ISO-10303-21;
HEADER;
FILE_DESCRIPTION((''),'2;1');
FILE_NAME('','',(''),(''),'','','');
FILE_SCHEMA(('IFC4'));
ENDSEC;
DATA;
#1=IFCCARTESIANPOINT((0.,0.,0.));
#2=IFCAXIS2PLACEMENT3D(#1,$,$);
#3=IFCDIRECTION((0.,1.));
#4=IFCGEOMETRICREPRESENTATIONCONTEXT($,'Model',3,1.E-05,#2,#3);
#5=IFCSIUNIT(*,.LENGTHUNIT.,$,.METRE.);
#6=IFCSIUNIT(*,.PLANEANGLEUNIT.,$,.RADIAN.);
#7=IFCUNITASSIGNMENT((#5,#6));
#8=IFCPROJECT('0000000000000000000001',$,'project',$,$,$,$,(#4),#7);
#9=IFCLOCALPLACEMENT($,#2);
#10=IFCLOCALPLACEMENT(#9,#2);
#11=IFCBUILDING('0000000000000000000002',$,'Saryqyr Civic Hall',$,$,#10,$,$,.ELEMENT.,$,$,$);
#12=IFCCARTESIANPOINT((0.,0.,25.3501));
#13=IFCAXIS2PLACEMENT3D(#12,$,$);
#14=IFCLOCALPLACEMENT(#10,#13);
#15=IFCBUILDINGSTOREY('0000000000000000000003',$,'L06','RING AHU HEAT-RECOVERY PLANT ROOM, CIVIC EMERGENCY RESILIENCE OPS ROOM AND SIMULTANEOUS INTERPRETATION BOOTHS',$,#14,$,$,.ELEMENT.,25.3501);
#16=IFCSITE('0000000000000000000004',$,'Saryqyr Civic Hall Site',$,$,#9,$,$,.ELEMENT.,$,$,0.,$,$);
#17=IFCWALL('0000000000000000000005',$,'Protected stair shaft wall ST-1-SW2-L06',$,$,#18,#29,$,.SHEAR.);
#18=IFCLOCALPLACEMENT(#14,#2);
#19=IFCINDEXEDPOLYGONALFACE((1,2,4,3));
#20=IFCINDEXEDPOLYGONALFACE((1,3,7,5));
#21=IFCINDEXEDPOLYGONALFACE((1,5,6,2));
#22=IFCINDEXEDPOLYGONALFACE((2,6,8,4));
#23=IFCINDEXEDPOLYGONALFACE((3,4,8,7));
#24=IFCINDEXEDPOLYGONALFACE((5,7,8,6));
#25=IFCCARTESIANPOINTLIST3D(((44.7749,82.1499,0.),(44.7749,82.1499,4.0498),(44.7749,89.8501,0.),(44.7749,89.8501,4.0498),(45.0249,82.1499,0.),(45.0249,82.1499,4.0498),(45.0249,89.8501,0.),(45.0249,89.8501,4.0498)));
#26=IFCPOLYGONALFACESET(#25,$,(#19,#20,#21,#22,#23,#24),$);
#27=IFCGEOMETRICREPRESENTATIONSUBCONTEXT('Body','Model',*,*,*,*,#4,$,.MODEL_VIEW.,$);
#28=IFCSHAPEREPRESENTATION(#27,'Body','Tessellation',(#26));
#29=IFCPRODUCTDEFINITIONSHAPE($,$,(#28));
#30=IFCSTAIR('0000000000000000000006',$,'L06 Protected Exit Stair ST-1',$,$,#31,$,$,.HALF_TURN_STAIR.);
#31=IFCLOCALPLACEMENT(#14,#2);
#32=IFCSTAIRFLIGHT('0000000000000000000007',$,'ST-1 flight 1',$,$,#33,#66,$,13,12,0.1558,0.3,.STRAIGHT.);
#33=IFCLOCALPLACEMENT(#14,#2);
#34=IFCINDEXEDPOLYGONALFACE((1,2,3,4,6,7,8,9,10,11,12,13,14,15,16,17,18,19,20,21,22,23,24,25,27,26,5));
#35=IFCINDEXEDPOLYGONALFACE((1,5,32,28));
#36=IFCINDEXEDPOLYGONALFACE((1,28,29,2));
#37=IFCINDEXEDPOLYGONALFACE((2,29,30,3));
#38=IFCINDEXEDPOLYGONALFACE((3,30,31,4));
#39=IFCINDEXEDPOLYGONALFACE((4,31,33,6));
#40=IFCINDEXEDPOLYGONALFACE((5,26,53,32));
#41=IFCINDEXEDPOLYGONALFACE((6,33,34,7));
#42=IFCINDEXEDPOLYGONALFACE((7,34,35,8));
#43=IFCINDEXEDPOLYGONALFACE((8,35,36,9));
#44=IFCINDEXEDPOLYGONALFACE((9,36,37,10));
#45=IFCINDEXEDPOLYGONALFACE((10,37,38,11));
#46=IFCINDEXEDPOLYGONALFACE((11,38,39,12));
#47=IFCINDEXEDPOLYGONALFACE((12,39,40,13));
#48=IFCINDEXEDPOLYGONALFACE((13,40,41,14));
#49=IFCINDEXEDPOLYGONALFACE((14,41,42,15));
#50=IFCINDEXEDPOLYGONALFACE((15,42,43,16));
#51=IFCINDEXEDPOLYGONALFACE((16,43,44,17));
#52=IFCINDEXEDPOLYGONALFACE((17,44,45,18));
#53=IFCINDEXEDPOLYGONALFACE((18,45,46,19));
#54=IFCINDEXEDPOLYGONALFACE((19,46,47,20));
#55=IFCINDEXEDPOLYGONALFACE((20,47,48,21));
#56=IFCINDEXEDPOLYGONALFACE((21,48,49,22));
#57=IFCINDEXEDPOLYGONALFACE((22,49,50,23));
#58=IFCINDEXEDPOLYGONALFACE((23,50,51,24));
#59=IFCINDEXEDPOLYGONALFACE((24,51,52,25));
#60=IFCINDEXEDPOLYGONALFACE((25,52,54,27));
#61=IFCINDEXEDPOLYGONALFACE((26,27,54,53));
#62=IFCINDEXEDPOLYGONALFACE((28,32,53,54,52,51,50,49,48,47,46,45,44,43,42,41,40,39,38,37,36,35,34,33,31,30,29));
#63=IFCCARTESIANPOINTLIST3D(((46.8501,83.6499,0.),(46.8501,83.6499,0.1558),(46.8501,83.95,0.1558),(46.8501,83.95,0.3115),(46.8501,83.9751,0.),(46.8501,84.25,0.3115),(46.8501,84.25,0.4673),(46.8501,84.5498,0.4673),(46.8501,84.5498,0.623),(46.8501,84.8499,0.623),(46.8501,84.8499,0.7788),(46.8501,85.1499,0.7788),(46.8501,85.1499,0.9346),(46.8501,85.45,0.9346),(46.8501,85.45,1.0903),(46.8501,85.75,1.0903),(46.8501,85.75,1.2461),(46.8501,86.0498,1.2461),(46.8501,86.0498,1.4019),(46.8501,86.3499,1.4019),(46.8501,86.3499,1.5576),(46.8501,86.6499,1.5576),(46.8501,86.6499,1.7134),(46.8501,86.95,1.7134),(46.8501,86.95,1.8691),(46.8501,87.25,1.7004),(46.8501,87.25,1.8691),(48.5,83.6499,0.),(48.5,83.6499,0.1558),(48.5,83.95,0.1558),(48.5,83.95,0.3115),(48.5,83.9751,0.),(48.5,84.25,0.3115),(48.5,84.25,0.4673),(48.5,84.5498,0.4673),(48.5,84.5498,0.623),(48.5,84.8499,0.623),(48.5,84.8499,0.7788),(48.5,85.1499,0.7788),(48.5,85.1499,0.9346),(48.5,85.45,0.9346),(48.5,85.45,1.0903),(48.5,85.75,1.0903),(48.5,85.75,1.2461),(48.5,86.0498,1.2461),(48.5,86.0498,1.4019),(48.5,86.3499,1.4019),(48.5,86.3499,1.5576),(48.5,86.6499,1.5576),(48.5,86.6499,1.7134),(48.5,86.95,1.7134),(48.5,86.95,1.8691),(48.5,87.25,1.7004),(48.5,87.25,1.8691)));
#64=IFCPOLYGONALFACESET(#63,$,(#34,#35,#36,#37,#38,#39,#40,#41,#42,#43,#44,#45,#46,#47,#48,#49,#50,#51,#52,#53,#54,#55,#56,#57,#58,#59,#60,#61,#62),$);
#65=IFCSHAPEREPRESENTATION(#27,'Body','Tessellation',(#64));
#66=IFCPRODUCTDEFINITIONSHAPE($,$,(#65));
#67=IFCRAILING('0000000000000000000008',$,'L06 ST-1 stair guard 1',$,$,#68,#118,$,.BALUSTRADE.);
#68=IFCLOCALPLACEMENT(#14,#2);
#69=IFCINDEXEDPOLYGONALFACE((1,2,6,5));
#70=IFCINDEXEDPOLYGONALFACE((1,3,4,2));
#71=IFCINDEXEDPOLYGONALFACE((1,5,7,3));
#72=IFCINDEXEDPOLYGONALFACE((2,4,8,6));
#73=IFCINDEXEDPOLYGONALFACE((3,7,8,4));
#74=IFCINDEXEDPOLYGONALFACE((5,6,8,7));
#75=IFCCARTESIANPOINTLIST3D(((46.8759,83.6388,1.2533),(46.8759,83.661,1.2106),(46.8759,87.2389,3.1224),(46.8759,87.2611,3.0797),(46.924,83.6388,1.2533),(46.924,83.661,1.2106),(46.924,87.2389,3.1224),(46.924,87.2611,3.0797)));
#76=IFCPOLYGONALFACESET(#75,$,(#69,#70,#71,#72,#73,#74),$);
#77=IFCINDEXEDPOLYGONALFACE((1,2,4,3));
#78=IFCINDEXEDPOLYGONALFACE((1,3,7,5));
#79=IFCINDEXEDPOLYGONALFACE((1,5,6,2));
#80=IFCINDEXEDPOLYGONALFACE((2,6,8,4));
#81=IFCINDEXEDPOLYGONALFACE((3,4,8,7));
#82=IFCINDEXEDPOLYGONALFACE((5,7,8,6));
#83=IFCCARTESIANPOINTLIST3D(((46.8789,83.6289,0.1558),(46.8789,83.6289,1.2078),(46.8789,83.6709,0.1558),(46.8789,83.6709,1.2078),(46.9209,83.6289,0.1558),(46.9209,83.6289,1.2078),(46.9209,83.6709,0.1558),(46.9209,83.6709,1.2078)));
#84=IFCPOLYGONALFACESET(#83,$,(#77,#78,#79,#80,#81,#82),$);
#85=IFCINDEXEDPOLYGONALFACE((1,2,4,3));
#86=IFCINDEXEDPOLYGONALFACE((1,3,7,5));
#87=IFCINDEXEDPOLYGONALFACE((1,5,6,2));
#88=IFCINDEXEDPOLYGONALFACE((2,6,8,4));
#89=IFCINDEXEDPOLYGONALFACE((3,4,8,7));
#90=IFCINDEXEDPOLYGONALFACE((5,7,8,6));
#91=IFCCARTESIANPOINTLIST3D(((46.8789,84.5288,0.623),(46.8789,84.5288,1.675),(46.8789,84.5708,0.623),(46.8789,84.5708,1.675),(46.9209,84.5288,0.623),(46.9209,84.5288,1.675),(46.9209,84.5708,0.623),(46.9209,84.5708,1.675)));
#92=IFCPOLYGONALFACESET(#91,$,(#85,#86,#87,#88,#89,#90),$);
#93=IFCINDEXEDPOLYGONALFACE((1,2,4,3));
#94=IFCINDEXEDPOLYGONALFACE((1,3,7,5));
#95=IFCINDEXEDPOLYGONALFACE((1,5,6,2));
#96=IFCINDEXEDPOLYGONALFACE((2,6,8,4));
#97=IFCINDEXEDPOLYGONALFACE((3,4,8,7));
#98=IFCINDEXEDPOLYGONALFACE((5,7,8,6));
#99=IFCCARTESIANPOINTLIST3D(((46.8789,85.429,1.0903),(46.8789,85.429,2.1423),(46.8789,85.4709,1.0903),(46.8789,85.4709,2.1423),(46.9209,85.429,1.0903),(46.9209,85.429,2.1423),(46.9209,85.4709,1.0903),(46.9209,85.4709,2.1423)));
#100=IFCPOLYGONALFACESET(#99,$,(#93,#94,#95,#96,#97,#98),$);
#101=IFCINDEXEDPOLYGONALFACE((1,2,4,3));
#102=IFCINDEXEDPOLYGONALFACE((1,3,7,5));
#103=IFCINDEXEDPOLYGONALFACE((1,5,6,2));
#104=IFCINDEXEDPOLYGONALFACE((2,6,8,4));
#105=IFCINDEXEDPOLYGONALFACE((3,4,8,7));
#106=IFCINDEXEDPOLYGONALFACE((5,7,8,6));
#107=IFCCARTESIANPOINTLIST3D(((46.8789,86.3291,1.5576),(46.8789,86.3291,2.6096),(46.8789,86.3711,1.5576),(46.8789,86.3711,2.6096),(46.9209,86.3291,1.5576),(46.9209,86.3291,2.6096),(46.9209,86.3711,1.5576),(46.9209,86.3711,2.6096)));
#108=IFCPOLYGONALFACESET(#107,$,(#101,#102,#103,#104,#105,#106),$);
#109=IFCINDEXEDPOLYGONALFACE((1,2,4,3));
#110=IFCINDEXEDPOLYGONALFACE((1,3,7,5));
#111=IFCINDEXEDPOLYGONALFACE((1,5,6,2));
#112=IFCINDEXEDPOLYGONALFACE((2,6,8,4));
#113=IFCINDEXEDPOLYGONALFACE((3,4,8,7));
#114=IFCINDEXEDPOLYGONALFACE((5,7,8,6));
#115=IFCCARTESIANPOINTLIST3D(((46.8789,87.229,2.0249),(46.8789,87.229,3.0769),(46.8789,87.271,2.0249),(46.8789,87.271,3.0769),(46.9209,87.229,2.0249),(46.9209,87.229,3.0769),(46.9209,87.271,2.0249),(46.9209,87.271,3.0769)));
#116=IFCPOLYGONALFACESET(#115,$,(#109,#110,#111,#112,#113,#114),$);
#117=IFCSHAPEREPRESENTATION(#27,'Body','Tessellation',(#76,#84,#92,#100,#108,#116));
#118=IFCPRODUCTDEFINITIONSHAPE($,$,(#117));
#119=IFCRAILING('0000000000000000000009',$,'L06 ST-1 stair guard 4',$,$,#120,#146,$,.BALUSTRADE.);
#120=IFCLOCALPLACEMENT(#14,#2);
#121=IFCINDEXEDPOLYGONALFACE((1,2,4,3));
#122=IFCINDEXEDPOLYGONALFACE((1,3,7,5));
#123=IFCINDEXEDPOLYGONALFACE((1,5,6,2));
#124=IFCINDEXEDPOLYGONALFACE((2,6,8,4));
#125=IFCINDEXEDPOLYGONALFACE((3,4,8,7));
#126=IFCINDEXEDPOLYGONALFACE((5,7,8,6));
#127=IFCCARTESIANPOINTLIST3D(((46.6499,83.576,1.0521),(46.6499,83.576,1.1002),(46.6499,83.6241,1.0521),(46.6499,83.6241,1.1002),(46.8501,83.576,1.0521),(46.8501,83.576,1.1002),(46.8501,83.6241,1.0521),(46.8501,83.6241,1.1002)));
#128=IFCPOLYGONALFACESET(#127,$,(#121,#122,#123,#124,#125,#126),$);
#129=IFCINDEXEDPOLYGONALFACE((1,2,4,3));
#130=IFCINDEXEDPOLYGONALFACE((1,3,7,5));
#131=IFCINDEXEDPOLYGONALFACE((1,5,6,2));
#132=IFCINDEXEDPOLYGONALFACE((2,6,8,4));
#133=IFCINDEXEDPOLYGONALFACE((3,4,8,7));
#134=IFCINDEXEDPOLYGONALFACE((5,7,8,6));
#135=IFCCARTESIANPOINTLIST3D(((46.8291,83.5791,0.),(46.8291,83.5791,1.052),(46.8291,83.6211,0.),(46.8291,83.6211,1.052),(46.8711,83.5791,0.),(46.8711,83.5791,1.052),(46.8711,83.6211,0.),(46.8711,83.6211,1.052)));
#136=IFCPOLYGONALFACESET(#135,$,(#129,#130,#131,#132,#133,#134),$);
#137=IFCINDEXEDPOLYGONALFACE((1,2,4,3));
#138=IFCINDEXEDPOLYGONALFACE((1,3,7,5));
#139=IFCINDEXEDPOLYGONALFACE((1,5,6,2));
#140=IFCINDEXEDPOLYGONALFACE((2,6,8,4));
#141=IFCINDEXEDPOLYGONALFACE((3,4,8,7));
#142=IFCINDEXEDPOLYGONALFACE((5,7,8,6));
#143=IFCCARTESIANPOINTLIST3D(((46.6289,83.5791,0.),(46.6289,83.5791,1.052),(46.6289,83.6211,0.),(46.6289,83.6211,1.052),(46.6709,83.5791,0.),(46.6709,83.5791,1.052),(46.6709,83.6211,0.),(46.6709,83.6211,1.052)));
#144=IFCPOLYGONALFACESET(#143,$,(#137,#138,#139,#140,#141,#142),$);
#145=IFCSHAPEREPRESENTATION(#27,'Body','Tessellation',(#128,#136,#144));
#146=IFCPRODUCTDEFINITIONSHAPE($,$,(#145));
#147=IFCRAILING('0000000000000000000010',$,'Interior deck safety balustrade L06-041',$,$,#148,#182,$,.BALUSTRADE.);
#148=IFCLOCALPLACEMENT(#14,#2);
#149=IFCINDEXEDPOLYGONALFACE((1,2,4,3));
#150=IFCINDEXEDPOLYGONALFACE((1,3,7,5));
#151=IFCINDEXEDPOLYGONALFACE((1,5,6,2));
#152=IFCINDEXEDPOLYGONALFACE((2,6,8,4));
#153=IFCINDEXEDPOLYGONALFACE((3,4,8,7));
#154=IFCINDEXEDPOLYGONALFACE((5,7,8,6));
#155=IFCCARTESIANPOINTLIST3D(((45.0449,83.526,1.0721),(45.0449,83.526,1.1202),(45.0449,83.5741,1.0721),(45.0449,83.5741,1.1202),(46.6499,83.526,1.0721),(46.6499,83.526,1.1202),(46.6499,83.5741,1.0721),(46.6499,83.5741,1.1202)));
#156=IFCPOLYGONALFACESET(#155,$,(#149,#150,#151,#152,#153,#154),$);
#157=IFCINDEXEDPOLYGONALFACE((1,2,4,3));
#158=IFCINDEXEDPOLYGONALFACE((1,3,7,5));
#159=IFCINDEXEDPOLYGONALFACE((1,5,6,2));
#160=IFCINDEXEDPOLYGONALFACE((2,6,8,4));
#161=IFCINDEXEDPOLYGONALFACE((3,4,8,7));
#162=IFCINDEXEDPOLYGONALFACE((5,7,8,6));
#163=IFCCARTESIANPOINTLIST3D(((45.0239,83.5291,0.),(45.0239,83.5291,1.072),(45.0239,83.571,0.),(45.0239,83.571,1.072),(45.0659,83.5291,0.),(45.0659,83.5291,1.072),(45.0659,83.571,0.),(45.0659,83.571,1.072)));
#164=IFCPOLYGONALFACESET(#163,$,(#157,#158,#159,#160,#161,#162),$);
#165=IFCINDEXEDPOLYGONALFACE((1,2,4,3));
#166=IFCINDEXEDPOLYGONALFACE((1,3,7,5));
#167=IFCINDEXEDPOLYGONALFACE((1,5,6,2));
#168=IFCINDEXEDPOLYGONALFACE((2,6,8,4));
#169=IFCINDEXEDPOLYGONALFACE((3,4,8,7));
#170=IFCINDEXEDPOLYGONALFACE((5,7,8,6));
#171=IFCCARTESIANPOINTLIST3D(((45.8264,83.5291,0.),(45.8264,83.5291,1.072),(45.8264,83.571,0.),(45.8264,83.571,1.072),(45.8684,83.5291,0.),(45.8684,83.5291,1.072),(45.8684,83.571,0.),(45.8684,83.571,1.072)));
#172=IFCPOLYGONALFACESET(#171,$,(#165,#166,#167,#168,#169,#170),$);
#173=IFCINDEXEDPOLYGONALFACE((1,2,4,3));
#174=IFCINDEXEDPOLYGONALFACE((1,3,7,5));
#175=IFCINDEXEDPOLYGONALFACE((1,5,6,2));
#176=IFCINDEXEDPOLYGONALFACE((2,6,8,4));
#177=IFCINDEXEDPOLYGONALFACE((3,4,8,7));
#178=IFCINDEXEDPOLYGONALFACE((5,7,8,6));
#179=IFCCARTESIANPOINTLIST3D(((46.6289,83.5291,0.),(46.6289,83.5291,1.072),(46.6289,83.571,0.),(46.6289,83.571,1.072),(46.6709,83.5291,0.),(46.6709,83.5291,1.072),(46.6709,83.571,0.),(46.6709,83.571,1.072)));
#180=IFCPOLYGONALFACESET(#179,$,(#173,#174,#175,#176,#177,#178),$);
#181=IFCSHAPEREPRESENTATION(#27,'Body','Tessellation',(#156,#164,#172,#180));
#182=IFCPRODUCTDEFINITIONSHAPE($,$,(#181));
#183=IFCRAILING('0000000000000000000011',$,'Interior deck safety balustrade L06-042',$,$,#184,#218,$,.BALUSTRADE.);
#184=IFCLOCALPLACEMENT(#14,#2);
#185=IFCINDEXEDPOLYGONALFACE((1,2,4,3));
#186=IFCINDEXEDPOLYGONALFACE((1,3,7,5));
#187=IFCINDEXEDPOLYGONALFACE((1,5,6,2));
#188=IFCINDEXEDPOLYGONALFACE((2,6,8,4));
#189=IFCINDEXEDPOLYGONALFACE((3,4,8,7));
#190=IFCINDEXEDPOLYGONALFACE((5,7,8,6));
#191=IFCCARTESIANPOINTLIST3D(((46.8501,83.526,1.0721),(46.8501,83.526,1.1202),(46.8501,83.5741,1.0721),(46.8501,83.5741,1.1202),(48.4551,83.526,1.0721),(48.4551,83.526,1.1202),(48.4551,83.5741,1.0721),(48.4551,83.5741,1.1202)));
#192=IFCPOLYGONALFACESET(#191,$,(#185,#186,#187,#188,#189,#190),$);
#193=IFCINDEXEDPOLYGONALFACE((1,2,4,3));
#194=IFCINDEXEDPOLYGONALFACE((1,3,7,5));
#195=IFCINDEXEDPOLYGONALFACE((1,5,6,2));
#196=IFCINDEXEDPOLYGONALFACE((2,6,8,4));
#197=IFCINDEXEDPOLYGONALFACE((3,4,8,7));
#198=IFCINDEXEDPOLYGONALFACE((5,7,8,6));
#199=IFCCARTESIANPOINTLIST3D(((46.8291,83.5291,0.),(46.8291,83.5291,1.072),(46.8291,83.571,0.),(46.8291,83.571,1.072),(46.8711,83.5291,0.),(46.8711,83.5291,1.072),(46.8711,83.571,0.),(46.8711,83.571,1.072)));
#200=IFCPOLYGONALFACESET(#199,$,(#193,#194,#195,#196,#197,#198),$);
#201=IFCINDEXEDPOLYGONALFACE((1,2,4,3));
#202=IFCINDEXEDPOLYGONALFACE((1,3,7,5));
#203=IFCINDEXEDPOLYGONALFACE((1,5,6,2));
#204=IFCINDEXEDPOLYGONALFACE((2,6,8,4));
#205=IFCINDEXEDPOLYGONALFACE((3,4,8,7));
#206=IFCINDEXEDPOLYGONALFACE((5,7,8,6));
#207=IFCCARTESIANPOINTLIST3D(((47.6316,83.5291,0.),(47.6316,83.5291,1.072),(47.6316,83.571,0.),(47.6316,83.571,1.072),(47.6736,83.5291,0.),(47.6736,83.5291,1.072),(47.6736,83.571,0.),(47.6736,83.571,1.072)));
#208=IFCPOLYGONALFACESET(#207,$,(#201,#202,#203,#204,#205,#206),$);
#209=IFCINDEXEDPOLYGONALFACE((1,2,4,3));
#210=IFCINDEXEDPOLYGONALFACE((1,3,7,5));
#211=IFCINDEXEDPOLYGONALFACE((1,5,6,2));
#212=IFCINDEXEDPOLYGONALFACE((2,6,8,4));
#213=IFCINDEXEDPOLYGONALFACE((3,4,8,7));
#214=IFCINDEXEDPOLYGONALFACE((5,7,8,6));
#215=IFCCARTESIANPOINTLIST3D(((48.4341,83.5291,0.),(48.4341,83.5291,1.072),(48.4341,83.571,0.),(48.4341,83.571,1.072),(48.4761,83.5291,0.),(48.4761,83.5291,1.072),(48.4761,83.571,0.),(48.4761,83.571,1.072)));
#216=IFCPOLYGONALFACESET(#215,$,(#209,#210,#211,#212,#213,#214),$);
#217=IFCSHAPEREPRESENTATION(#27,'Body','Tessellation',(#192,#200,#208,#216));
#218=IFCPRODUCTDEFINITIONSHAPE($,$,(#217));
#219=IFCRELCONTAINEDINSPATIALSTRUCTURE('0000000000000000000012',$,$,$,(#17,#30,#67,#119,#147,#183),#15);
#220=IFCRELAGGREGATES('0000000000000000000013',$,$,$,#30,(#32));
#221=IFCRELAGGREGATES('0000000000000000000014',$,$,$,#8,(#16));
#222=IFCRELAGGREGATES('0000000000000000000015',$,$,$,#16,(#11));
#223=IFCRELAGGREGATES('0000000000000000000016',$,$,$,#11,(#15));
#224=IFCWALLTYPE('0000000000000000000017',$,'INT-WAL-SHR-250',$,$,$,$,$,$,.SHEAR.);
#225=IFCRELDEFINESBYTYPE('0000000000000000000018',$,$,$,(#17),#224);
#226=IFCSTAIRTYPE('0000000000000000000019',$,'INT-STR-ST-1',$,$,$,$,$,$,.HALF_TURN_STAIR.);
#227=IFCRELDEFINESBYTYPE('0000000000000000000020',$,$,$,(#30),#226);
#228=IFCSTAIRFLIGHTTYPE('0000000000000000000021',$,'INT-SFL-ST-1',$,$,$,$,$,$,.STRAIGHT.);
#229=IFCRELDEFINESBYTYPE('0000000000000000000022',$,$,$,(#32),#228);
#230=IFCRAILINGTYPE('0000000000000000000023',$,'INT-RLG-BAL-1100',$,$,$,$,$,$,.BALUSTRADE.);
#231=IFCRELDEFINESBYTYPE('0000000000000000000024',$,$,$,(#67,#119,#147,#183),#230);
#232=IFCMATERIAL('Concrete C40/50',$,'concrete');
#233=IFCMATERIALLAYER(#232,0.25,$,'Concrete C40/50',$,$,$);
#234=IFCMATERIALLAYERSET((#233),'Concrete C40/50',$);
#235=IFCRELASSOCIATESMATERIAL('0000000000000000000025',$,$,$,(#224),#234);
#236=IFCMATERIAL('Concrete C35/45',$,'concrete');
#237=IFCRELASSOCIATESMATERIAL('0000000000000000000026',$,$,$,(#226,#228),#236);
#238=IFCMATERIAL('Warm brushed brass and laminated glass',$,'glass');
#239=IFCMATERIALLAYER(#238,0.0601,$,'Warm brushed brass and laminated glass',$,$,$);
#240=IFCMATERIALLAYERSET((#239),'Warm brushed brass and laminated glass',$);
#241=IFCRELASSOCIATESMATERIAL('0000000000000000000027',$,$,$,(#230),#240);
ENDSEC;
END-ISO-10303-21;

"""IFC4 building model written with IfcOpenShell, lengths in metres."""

from ifc_helpers import new_model, si_unit, direction, frame, frame_2d, origin, origin_2d, place, context, subcontext, project, spatial, polyline, rectangle, outline, extrude, material, layer, layer_set, type_object, element, aggregate, save


model = new_model("IFC4")

# Units and contexts
model_context = context("Model", 3, precision=1e-05, world=origin(), true_north=direction((0.0, 1.0)))
body_context = subcontext(model_context, "Body", "Model", "MODEL_VIEW")
ifc_project = project(units=[si_unit("LENGTHUNIT", "METRE"), si_unit("PLANEANGLEUNIT", "RADIAN")], contexts=[model_context])

# Site, building, storey
site_placement = place(None, origin())
site = spatial("IfcSite", under=ifc_project, at=site_placement, Name="Saryqyr Civic Hall Site", CompositionType="ELEMENT", RefElevation=0.0)
building_placement = place(site_placement, origin())
building = spatial("IfcBuilding", under=site, at=building_placement, Name="Saryqyr Civic Hall", CompositionType="ELEMENT")
storey_placement = place(building_placement, frame((0.0, 0.0, 25.3501)))
storey = spatial("IfcBuildingStorey", under=building, at=storey_placement, Name="L06", Description="RING AHU HEAT-RECOVERY PLANT ROOM, CIVIC EMERGENCY RESILIENCE OPS ROOM AND SIMULTANEOUS INTERPRETATION BOOTHS", CompositionType="ELEMENT", Elevation=25.3501)

# Shared definitions
ifc_material_1 = material(Name="Concrete C40/50", Category="concrete")

# Shared definitions
ifc_material_2 = material(Name="Concrete C35/45", Category="concrete")

# Wall
ifc_layer_1 = layer(ifc_material_1, 0.25, Name="Concrete C40/50")
ifc_layer_set_1 = layer_set([ifc_layer_1], Name="Concrete C40/50")
wall_type_1 = type_object("IfcWallType", Name="INT-WAL-SHR-250", PredefinedType="SHEAR", material=ifc_layer_set_1)
wall_1_placement = place(storey_placement, frame((44.8999, 82.1499, 0.0), z_axis=(0.0, 0.0, 1.0), x_axis=(0.0, 1.0, 0.0)))
element("IfcWall", 1, at=wall_1_placement, inside=storey, type_object=wall_type_1, Name="Protected stair shaft wall ST-1-SW2-L06", PredefinedType="SHEAR", context=body_context, shape_type="SweptSolid", body=[
    extrude(rectangle(XDim=7.7002, YDim=0.25, at=frame_2d((3.8501, 0.0))), origin(), (0.0, 0.0, 1.0), 4.0498),
])

# Stair, stair flight
stair_type = type_object("IfcStairType", Name="INT-STR-ST-1", PredefinedType="HALF_TURN_STAIR", material=ifc_material_2)
stair_placement = place(storey_placement, origin())
stair = element("IfcStair", 2, at=stair_placement, inside=storey, type_object=stair_type, Name="L06 Protected Exit Stair ST-1", PredefinedType="HALF_TURN_STAIR")
stair_flight_type = type_object("IfcStairFlightType", Name="INT-SFL-ST-1", PredefinedType="STRAIGHT", material=ifc_material_2)
stair_flight_placement = place(storey_placement, frame((47.675, 83.6499, 0.0), z_axis=(0.0, 0.0, 1.0), x_axis=(0.0, 1.0, 0.0)))
stair_flight = element("IfcStairFlight", 3, at=stair_flight_placement, type_object=stair_flight_type, Name="ST-1 flight 1", NumberOfRisers=13, NumberOfTreads=12, PredefinedType="STRAIGHT", RiserHeight=0.1558, TreadLength=0.3, context=body_context, shape_type="SweptSolid", body=[
    extrude(outline(polyline([(0.0, 0.0), (0.0, 0.1558), (0.3, 0.1558), (0.3, 0.3115), (0.6001, 0.3115), (0.6001, 0.4673), (0.8999, 0.4673), (0.8999, 0.623), (1.2, 0.623), (1.2, 0.7788), (1.5, 0.7788), (1.5, 0.9346), (1.8, 0.9346), (1.8, 1.0903), (2.1001, 1.0903), (2.1001, 1.2461), (2.3999, 1.2461), (2.3999, 1.4019), (2.7, 1.4019), (2.7, 1.5576), (3.0, 1.5576), (3.0, 1.7134), (3.3, 1.7134), (3.3, 1.8691), (3.6001, 1.8691), (3.6001, 2.0249), (3.6001, 1.7004), (0.3252, 0.0), (0.0, 0.0)])), frame((0.0, 0.825, 0.0), z_axis=(0.0, -1.0, 0.0), x_axis=(1.0, 0.0, 0.0)), (0.0, 0.0, 1.0), 1.6499),
])
aggregate(stair, [stair_flight])

# Railings
ifc_material_3 = material(Name="Warm brushed brass and laminated glass", Category="glass")
ifc_layer_2 = layer(ifc_material_3, 0.0601, Name="Warm brushed brass and laminated glass")
ifc_layer_set_2 = layer_set([ifc_layer_2], Name="Warm brushed brass and laminated glass")
railing_type_1 = type_object("IfcRailingType", Name="INT-RLG-BAL-1100", PredefinedType="BALUSTRADE", material=ifc_layer_set_2)
railing_1_placement = place(storey_placement, frame((46.8999, 83.6499, 0.1558)))
element("IfcRailing", 4, at=railing_1_placement, inside=storey, type_object=railing_type_1, Name="L06 ST-1 stair guard 1", PredefinedType="BALUSTRADE", context=body_context, shape_type="SweptSolid", body=[
    extrude(rectangle(XDim=0.0481, YDim=0.0481, at=origin_2d()), frame((0.0, 0.0, 1.0762), z_axis=(0.0, 0.88751, 0.460788), x_axis=(-1.0, 0.0, 0.0)), (0.0, 0.0, 1.0), 4.0564),
    extrude(rectangle(XDim=0.042, YDim=0.042, at=origin_2d()), origin(), (0.0, 0.0, 1.0), 1.052),
    extrude(rectangle(XDim=0.042, YDim=0.042, at=origin_2d()), frame((0.0, 0.8999, 0.4673)), (0.0, 0.0, 1.0), 1.052),
    extrude(rectangle(XDim=0.042, YDim=0.042, at=origin_2d()), frame((0.0, 1.8, 0.9346)), (0.0, 0.0, 1.0), 1.052),
    extrude(rectangle(XDim=0.042, YDim=0.042, at=origin_2d()), frame((0.0, 2.7002, 1.4019)), (0.0, 0.0, 1.0), 1.052),
    extrude(rectangle(XDim=0.042, YDim=0.042, at=origin_2d()), frame((0.0, 3.6001, 1.8691)), (0.0, 0.0, 1.0), 1.052),
])
railing_2_placement = place(storey_placement, frame((46.8501, 83.6001, 0.0)))
element("IfcRailing", 5, at=railing_2_placement, inside=storey, type_object=railing_type_1, Name="L06 ST-1 stair guard 4", PredefinedType="BALUSTRADE", context=body_context, shape_type="SweptSolid", body=[
    extrude(rectangle(XDim=0.0481, YDim=0.0481, at=origin_2d()), frame((0.0, 0.0, 1.0762), z_axis=(-1.0, 0.0, 0.0), x_axis=(0.0, -1.0, 0.0)), (0.0, 0.0, 1.0), 0.2002),
    extrude(rectangle(XDim=0.042, YDim=0.042, at=origin_2d()), origin(), (0.0, 0.0, 1.0), 1.052),
    extrude(rectangle(XDim=0.042, YDim=0.042, at=origin_2d()), frame((-0.2002, 0.0, 0.0)), (0.0, 0.0, 1.0), 1.052),
])
for number, where, name in (
    (6, (45.0449, 83.55, 0.0), "Interior deck safety balustrade L06-041"),
    (7, (46.8501, 83.55, 0.0), "Interior deck safety balustrade L06-042"),
):
    element("IfcRailing", number, at=place(storey_placement, frame(where)), inside=storey, type_object=railing_type_1, Name=name, PredefinedType="BALUSTRADE", context=body_context, shape_type="SweptSolid", body=[
        extrude(rectangle(XDim=0.0481, YDim=0.0481, at=origin_2d()), frame((0.0, 0.0, 1.0962), z_axis=(1.0, 0.0, 0.0), x_axis=(0.0, 1.0, 0.0)), (0.0, 0.0, 1.0), 1.605),
        extrude(rectangle(XDim=0.042, YDim=0.042, at=origin_2d()), origin(), (0.0, 0.0, 1.0), 1.072),
        extrude(rectangle(XDim=0.042, YDim=0.042, at=origin_2d()), frame((0.8025, 0.0, 0.0)), (0.0, 0.0, 1.0), 1.072),
        extrude(rectangle(XDim=0.042, YDim=0.042, at=origin_2d()), frame((1.605, 0.0, 0.0)), (0.0, 0.0, 1.0), 1.072),
    ])

save(model, "model.ifc")
